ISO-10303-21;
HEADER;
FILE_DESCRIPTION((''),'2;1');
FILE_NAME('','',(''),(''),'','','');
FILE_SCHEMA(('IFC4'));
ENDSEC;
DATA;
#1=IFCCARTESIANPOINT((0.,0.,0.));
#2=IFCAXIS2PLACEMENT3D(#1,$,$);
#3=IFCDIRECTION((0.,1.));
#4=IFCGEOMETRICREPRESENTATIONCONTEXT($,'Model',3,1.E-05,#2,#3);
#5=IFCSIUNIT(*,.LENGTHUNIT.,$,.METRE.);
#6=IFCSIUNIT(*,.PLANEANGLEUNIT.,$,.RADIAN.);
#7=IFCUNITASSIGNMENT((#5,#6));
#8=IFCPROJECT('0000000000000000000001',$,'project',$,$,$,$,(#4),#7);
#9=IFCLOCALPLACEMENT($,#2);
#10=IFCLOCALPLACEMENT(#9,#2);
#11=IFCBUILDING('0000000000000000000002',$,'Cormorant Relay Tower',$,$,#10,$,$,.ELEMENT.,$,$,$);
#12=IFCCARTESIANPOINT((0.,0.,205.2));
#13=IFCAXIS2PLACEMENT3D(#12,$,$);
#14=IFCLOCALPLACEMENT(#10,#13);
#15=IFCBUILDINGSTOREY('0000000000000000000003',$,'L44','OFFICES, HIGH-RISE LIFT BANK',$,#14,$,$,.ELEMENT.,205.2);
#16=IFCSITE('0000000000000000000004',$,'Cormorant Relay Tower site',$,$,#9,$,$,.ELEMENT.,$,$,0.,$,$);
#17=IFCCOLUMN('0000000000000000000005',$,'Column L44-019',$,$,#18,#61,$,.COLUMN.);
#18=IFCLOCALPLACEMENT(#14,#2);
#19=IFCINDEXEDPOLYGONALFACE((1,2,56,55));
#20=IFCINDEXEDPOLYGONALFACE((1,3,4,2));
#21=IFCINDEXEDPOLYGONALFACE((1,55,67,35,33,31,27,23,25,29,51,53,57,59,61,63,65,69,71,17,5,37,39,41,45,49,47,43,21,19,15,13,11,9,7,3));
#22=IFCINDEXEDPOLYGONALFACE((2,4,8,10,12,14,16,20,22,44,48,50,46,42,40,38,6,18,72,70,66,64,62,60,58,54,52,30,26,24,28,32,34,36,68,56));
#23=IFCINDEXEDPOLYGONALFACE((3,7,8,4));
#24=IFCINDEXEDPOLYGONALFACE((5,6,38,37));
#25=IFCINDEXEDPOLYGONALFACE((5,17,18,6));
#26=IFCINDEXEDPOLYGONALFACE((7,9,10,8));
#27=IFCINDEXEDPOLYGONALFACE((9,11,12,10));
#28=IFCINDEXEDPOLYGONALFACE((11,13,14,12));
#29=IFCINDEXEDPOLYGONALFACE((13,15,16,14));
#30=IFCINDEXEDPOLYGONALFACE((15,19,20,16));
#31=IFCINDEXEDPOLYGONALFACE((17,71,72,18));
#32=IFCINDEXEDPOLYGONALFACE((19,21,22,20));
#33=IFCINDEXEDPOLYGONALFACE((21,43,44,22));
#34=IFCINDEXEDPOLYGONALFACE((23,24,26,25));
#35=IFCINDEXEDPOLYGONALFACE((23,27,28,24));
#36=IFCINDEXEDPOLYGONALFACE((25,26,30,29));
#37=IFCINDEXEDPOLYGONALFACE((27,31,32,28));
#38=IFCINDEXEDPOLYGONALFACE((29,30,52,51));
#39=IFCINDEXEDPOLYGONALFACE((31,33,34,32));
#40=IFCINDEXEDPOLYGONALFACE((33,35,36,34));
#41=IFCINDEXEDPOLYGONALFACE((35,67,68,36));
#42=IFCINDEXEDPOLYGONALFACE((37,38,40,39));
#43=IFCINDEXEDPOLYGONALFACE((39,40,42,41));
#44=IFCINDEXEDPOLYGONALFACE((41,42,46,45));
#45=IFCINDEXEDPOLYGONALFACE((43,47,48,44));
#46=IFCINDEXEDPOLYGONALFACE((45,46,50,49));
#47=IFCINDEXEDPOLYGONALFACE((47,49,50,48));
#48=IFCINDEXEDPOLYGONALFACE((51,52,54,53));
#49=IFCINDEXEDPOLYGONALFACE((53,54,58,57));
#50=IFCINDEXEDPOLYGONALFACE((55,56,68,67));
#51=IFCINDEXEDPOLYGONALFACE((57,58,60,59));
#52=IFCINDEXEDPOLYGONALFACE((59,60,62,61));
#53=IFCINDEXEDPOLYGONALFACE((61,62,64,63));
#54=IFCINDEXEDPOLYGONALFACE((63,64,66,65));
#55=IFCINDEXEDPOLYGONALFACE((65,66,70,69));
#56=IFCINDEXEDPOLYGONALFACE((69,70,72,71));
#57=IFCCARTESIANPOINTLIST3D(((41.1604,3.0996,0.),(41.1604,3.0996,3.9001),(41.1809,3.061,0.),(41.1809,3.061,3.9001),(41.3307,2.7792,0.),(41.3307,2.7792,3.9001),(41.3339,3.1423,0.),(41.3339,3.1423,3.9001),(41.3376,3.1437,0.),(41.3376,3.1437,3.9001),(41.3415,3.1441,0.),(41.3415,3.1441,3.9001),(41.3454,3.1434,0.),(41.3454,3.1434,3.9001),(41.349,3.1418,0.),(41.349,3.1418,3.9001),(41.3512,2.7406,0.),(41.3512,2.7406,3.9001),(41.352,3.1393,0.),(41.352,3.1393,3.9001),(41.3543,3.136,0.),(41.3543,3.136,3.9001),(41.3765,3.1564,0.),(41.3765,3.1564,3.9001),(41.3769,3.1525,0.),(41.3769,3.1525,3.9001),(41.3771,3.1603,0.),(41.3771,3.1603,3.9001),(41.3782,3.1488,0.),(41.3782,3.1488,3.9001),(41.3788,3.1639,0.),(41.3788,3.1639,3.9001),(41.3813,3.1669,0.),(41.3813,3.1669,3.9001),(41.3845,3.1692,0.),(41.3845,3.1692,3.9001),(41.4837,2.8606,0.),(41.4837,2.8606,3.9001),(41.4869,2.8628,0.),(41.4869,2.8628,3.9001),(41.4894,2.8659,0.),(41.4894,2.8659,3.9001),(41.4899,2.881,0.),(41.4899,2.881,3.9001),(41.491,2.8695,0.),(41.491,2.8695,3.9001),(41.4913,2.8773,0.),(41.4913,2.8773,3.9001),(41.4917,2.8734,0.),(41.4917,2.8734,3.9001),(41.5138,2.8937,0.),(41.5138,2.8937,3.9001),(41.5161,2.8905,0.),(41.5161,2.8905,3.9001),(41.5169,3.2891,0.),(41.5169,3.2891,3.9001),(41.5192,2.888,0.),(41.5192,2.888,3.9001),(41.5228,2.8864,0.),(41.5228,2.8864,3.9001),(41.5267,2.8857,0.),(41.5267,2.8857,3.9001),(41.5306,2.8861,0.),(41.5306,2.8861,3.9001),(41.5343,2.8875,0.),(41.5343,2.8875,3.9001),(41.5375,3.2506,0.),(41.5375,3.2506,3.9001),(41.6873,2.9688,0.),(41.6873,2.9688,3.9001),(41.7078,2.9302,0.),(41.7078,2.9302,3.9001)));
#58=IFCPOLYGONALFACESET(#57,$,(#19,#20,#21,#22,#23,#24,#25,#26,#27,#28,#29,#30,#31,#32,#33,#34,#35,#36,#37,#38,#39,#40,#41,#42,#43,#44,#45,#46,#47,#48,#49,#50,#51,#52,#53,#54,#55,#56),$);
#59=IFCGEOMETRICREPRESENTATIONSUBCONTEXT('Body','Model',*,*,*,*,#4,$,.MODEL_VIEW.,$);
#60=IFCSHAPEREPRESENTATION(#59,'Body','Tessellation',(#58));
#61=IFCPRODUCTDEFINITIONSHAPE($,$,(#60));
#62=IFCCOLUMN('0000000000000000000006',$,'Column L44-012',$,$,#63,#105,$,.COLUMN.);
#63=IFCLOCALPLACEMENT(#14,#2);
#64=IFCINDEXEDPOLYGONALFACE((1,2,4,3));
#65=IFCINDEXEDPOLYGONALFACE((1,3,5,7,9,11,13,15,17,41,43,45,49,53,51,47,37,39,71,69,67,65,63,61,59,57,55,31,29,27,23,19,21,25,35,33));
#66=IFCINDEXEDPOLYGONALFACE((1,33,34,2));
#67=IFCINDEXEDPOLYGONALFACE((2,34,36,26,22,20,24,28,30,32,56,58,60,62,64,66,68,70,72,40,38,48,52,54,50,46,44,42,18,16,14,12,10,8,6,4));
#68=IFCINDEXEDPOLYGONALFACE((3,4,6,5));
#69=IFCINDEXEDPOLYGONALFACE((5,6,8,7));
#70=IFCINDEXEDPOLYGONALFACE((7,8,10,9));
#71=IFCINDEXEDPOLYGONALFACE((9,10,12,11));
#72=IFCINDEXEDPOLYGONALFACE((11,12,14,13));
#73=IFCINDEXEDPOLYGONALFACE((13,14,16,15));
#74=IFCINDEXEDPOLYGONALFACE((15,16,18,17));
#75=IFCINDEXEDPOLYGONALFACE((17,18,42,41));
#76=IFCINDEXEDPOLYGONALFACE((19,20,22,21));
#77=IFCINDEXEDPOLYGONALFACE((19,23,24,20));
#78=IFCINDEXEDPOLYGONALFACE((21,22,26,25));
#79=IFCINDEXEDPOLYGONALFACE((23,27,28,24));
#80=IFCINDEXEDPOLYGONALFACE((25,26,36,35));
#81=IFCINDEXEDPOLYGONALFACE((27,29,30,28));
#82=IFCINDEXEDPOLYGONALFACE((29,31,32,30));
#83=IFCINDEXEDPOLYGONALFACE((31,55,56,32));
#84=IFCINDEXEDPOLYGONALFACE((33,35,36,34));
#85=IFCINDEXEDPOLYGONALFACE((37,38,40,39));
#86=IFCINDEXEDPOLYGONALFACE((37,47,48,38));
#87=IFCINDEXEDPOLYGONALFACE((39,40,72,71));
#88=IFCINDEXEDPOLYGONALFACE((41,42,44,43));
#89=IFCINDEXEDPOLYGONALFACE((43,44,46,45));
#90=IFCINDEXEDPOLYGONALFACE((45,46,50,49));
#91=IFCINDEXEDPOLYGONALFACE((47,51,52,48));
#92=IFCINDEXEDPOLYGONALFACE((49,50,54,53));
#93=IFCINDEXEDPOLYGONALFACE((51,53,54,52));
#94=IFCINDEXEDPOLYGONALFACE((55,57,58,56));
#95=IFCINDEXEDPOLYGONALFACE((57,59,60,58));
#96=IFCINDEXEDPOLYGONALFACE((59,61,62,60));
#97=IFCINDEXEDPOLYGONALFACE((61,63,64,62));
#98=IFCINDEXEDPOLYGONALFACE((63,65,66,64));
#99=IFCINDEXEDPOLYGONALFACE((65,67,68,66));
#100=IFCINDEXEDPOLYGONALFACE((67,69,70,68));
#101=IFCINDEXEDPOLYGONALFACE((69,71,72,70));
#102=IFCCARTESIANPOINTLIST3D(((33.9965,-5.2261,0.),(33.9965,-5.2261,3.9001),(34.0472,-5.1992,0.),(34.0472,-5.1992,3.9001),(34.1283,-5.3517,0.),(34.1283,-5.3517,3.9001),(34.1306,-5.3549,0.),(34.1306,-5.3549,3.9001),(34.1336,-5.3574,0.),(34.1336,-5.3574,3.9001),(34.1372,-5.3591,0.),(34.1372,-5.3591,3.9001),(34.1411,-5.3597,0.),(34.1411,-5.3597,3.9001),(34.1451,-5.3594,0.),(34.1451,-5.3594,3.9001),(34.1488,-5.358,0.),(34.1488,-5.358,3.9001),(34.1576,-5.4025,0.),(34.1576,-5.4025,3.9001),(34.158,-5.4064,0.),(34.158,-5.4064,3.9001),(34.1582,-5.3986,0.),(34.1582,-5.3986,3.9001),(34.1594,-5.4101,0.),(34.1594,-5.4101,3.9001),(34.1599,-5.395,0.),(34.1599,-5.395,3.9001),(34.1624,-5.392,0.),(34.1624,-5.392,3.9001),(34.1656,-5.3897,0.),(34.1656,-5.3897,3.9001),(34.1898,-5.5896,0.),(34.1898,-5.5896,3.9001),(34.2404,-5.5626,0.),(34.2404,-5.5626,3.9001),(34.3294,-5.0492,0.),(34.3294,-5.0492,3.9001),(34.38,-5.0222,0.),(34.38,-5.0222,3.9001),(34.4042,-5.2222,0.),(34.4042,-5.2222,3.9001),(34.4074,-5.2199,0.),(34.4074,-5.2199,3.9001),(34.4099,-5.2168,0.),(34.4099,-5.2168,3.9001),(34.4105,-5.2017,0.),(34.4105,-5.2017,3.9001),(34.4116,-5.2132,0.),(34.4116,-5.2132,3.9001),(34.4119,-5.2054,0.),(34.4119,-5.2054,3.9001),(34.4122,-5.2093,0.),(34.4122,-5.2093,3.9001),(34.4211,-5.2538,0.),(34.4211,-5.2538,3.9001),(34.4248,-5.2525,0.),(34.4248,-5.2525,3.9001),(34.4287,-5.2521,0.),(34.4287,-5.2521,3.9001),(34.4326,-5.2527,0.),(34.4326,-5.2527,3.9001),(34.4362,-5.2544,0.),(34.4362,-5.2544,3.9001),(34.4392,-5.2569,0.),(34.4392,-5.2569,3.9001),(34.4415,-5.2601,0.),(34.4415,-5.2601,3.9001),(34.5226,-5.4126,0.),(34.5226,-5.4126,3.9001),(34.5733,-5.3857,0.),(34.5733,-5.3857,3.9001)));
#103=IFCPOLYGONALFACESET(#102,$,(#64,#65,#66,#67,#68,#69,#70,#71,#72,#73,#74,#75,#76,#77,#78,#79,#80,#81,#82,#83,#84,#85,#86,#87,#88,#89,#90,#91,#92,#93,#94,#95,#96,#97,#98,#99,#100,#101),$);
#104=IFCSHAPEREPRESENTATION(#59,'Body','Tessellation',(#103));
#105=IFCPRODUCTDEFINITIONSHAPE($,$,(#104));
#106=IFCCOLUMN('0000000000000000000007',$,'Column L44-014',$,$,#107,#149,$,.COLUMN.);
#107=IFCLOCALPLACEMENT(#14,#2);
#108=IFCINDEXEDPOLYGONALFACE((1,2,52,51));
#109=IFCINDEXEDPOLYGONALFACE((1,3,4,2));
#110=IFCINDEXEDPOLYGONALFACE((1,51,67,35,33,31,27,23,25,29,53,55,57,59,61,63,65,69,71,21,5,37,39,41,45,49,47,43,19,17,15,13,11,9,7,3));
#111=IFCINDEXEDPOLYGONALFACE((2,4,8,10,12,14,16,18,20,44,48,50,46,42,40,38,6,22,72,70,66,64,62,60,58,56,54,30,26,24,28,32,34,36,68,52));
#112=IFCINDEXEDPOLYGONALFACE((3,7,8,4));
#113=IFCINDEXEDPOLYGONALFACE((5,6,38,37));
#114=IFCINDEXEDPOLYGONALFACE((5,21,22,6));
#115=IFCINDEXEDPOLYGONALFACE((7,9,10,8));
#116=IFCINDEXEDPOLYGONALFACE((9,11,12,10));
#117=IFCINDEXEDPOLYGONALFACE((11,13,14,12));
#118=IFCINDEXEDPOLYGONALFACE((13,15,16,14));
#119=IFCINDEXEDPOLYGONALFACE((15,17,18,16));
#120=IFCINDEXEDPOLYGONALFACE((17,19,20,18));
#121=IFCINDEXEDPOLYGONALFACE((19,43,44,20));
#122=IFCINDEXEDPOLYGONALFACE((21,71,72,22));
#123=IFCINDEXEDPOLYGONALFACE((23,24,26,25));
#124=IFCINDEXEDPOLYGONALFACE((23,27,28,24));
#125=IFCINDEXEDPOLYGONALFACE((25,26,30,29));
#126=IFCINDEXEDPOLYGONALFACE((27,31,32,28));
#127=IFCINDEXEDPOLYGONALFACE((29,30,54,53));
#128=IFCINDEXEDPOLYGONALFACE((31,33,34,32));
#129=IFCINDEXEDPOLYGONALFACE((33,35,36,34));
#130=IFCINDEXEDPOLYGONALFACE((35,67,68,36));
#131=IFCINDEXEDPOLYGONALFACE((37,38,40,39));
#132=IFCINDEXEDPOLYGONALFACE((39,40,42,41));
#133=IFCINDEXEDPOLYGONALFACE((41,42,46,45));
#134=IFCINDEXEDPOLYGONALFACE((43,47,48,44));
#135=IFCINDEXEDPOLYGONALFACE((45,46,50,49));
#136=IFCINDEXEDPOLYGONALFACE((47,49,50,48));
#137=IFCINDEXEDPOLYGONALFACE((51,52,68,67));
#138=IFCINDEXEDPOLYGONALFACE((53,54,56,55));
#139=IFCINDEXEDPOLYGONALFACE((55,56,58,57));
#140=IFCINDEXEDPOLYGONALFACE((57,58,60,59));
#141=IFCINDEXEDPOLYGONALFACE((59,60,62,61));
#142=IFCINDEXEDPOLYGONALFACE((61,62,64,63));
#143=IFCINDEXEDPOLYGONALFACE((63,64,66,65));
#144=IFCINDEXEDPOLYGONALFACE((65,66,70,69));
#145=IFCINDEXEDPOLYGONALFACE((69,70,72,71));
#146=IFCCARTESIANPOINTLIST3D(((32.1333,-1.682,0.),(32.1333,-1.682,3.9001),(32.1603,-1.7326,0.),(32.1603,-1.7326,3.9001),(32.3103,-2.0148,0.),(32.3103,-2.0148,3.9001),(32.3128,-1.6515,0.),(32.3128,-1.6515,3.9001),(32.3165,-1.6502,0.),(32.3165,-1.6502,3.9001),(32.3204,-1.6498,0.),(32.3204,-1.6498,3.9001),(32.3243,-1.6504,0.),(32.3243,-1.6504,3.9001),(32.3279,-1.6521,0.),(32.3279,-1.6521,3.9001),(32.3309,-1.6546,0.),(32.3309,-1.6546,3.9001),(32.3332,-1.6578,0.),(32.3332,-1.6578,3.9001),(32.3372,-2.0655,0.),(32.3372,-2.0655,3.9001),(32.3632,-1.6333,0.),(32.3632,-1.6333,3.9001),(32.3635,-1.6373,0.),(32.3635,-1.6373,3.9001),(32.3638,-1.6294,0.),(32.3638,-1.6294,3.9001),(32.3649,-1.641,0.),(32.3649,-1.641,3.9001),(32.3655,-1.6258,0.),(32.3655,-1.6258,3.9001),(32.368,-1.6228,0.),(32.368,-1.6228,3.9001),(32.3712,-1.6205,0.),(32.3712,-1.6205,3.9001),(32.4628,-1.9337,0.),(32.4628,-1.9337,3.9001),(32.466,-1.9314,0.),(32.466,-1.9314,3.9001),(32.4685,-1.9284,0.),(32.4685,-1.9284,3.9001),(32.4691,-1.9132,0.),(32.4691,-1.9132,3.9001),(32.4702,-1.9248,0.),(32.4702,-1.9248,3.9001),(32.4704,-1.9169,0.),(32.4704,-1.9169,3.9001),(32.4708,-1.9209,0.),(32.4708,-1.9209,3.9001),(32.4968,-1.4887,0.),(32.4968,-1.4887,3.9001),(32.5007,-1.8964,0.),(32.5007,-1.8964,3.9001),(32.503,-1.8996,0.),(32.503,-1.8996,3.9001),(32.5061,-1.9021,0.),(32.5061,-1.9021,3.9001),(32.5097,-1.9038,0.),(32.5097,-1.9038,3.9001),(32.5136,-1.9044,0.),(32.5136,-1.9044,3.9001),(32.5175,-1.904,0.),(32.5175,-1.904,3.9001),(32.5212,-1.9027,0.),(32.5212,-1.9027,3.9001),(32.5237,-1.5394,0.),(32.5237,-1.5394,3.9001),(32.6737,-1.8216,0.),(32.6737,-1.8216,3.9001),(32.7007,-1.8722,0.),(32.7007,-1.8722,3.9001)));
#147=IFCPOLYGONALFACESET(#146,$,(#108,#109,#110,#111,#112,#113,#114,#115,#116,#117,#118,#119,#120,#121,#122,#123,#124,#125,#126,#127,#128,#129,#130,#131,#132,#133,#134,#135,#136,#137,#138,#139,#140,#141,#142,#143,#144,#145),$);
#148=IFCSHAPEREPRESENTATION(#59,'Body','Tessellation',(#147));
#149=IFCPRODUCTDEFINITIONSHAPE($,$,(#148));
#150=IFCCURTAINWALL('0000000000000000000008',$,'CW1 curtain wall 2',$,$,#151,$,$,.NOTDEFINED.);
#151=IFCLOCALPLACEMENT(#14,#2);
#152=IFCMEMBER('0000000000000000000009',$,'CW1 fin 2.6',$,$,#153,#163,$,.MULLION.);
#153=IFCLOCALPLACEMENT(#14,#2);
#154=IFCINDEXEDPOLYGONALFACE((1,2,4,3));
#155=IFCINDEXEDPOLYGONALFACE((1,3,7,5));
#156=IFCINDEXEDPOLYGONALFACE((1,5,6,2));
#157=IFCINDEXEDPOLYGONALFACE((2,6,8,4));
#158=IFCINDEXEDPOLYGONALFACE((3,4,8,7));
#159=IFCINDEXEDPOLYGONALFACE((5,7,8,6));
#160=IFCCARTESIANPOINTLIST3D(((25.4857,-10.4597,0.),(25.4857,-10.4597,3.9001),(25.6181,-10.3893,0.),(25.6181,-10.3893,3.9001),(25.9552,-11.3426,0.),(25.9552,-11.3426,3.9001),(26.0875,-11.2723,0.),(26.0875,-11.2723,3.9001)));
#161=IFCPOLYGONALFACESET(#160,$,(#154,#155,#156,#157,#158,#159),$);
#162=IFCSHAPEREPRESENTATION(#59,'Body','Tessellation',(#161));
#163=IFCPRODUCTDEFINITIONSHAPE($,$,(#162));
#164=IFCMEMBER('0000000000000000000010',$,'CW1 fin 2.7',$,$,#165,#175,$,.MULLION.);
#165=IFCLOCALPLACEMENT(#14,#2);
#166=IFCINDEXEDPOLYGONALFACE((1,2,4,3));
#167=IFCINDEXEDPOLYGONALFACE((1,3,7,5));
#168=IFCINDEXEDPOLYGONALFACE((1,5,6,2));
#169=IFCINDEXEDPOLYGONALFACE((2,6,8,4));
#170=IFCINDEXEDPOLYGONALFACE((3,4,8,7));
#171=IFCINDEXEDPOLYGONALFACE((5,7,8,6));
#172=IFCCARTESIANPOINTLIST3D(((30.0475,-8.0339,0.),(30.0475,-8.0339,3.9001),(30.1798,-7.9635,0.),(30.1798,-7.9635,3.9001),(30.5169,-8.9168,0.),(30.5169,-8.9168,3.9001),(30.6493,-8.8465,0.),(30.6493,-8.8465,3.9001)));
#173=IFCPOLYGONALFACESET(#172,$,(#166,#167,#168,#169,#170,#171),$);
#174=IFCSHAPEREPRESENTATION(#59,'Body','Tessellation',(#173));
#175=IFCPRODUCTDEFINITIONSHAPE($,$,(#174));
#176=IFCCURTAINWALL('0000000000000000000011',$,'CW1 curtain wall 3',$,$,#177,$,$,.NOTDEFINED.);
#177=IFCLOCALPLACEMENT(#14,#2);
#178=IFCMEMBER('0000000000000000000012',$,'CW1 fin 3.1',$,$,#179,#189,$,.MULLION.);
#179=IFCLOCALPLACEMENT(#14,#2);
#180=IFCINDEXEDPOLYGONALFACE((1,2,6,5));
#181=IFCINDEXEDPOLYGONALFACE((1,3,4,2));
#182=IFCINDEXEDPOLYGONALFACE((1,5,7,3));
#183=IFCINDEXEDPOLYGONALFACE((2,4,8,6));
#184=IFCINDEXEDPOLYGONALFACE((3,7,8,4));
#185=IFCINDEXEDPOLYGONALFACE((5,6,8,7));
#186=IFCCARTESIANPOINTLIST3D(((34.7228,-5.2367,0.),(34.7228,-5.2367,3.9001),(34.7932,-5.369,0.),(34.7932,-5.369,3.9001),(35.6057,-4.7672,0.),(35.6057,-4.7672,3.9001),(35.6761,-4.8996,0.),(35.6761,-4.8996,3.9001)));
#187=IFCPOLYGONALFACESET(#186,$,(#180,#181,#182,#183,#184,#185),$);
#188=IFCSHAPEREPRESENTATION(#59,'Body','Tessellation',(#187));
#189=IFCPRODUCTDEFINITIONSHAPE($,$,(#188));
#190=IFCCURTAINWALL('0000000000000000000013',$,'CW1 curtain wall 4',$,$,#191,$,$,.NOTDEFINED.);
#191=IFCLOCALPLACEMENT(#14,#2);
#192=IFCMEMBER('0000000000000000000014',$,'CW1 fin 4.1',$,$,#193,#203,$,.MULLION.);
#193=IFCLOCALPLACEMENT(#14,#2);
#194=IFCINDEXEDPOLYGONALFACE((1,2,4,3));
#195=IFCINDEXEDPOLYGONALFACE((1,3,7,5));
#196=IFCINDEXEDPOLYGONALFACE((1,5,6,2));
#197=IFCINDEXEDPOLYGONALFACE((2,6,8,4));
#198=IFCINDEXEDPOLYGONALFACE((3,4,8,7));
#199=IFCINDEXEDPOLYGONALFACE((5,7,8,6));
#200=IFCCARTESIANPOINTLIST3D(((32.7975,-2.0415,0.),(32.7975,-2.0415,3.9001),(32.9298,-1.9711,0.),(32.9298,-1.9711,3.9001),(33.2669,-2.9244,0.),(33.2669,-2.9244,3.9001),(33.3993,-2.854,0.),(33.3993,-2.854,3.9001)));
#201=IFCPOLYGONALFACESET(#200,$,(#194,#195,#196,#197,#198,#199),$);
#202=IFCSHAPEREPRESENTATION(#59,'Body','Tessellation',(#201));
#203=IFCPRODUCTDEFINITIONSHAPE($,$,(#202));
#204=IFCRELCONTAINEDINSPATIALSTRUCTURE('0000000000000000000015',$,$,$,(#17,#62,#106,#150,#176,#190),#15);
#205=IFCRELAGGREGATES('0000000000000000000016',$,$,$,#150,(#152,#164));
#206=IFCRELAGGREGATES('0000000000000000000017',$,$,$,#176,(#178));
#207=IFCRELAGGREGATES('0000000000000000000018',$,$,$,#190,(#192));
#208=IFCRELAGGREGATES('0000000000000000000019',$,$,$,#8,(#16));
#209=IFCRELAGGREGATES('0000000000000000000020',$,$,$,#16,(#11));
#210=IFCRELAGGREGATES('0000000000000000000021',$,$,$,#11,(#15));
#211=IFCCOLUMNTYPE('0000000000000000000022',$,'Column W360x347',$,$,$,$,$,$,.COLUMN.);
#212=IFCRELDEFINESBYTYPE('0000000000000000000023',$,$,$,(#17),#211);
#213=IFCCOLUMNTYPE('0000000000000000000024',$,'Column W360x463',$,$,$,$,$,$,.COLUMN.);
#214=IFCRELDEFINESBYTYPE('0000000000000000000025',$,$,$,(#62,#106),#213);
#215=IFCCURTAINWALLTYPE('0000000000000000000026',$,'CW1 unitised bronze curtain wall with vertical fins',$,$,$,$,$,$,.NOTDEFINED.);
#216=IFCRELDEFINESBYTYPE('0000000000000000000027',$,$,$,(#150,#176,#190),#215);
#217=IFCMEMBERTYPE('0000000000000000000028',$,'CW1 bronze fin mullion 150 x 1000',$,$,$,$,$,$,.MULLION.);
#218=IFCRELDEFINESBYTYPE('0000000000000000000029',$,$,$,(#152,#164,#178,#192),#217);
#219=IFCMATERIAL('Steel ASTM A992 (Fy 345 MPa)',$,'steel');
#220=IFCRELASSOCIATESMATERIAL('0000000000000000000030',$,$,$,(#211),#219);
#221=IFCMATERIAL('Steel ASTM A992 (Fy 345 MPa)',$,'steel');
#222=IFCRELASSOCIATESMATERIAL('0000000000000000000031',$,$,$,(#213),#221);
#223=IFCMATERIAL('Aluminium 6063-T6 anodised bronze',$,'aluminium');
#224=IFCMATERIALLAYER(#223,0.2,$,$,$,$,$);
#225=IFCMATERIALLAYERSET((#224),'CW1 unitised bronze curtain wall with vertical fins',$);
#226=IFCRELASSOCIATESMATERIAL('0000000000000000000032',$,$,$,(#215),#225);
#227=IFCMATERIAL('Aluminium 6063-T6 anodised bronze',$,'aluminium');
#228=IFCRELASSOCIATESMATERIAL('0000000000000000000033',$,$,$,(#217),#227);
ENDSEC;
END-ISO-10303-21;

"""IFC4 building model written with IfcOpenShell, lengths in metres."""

from ifc_helpers import new_model, si_unit, direction, frame, origin, origin_2d, place, context, subcontext, project, spatial, rectangle, i_section, extrude, material, layer, layer_set, material_profile, profile_set, type_object, element, aggregate, save


model = new_model("IFC4")

# Units and contexts
model_context = context("Model", 3, precision=1e-05, world=origin(), true_north=direction((0.0, 1.0)))
body_context = subcontext(model_context, "Body", "Model", "MODEL_VIEW")
ifc_project = project(units=[si_unit("LENGTHUNIT", "METRE"), si_unit("PLANEANGLEUNIT", "RADIAN")], contexts=[model_context])

# Site, building, storey
site_placement = place(None, origin())
site = spatial("IfcSite", under=ifc_project, at=site_placement, Name="Cormorant Relay Tower site", CompositionType="ELEMENT", RefElevation=0.0)
building_placement = place(site_placement, origin())
building = spatial("IfcBuilding", under=site, at=building_placement, Name="Cormorant Relay Tower", CompositionType="ELEMENT")
storey_placement = place(building_placement, frame((0.0, 0.0, 205.2)))
storey = spatial("IfcBuildingStorey", under=building, at=storey_placement, Name="L44", Description="OFFICES, HIGH-RISE LIFT BANK", CompositionType="ELEMENT", Elevation=205.2)

# Columns
ifc_material_1 = material(Name="Steel ASTM A992 (Fy 345 MPa)", Category="steel")
ifc_material_profile_1 = material_profile(ifc_material_1, i_section(OverallWidth=0.4038, OverallDepth=0.4065, WebThickness=0.0271, FlangeThickness=0.0437, FilletRadius=0.0151, at=origin_2d()), Name="W360x347")
ifc_profile_set_1 = profile_set([ifc_material_profile_1], Name="Steel ASTM A992 (Fy 345 MPa)")
column_type_1 = type_object("IfcColumnType", Name="Column W360x347", PredefinedType="COLUMN", material=ifc_profile_set_1)
column_placement = place(storey_placement, frame((41.4341, 3.0149, 0.0), z_axis=(0.0, 0.0, 1.0), x_axis=(0.882948, 0.469472, 0.0)))
element("IfcColumn", 1, at=column_placement, inside=storey, type_object=column_type_1, Name="Column L44-019", PredefinedType="COLUMN", context=body_context, shape_type="SweptSolid", body=[
    extrude(i_section(OverallWidth=0.4038, OverallDepth=0.4065, WebThickness=0.0271, FlangeThickness=0.0437, FilletRadius=0.0151, at=origin_2d()), origin(), (0.0, 0.0, 1.0), 3.9001),
])
ifc_material_2 = material(Name="Steel ASTM A992 (Fy 345 MPa)", Category="steel")
ifc_material_profile_2 = material_profile(ifc_material_2, i_section(OverallWidth=0.4116, OverallDepth=0.4343, WebThickness=0.0359, FlangeThickness=0.0574, FilletRadius=0.0151, at=origin_2d()), Name="W360x463")
ifc_profile_set_2 = profile_set([ifc_material_profile_2], Name="Steel ASTM A992 (Fy 345 MPa)")
column_type_2 = type_object("IfcColumnType", Name="Column W360x463", PredefinedType="COLUMN", material=ifc_profile_set_2)
for number, where, z_axis, x_axis, name in (
    (2, (34.2849, -5.3059, 0.0), (0.0, 0.0, 1.0), (-0.469472, 0.882948, 0.0), "Column L44-012"),
    (3, (32.417, -1.7771, 0.0), (0.0, 0.0, 1.0), (0.882948, 0.469472, 0.0), "Column L44-014"),
):
    element("IfcColumn", number, at=place(storey_placement, frame(where, z_axis=z_axis, x_axis=x_axis)), inside=storey, type_object=column_type_2, Name=name, PredefinedType="COLUMN", context=body_context, shape_type="SweptSolid", body=[
        extrude(i_section(OverallWidth=0.4116, OverallDepth=0.4343, WebThickness=0.0359, FlangeThickness=0.0574, FilletRadius=0.0151, at=origin_2d()), origin(), (0.0, 0.0, 1.0), 3.9001),
    ])

# Curtain wall, members
ifc_material_3 = material(Name="Aluminium 6063-T6 anodised bronze", Category="aluminium")
ifc_layer_1 = layer(ifc_material_3, 0.2)
ifc_layer_set_1 = layer_set([ifc_layer_1], Name="CW1 unitised bronze curtain wall with vertical fins")
curtain_wall_type = type_object("IfcCurtainWallType", Name="CW1 unitised bronze curtain wall with vertical fins", PredefinedType="NOTDEFINED", material=ifc_layer_set_1)
curtain_wall_1_placement = place(storey_placement, origin())
curtain_wall_1 = element("IfcCurtainWall", 4, at=curtain_wall_1_placement, inside=storey, type_object=curtain_wall_type, Name="CW1 curtain wall 2", PredefinedType="NOTDEFINED")
ifc_material_4 = material(Name="Aluminium 6063-T6 anodised bronze", Category="aluminium")
ifc_material_profile_3 = material_profile(ifc_material_4, rectangle(XDim=0.1499, YDim=1.0, at=origin_2d()), Name="AL 150x1000")
ifc_profile_set_3 = profile_set([ifc_material_profile_3], Name="Aluminium 6063-T6 anodised bronze")
member_type_1 = type_object("IfcMemberType", Name="CW1 bronze fin mullion 150 x 1000", PredefinedType="MULLION", material=ifc_profile_set_3)
member_1_placement = place(storey_placement, frame((25.7866, -10.866, 0.0), z_axis=(0.0, 0.0, 1.0), x_axis=(0.882948, 0.469472, 0.0)))
member_1 = element("IfcMember", 5, at=member_1_placement, type_object=member_type_1, Name="CW1 fin 2.6", PredefinedType="MULLION", context=body_context, shape_type="SweptSolid", body=[
    extrude(rectangle(XDim=0.1499, YDim=1.0, at=origin_2d()), origin(), (0.0, 0.0, 1.0), 3.9001),
])
member_2_placement = place(storey_placement, frame((30.3484, -8.4402, 0.0), z_axis=(0.0, 0.0, 1.0), x_axis=(0.882948, 0.469472, 0.0)))
member_2 = element("IfcMember", 6, at=member_2_placement, type_object=member_type_1, Name="CW1 fin 2.7", PredefinedType="MULLION", context=body_context, shape_type="SweptSolid", body=[
    extrude(rectangle(XDim=0.1499, YDim=1.0, at=origin_2d()), origin(), (0.0, 0.0, 1.0), 3.9001),
])

# Curtain wall, member
curtain_wall_2_placement = place(storey_placement, origin())
curtain_wall_2 = element("IfcCurtainWall", 7, at=curtain_wall_2_placement, inside=storey, type_object=curtain_wall_type, Name="CW1 curtain wall 3", PredefinedType="NOTDEFINED")
member_3_placement = place(storey_placement, frame((35.1995, -5.0681, 0.0), z_axis=(0.0, 0.0, 1.0), x_axis=(-0.469472, 0.882948, 0.0)))
member_3 = element("IfcMember", 8, at=member_3_placement, type_object=member_type_1, Name="CW1 fin 3.1", PredefinedType="MULLION", context=body_context, shape_type="SweptSolid", body=[
    extrude(rectangle(XDim=0.1499, YDim=1.0, at=origin_2d()), origin(), (0.0, 0.0, 1.0), 3.9001),
])

# Curtain wall, member
curtain_wall_3_placement = place(storey_placement, origin())
curtain_wall_3 = element("IfcCurtainWall", 9, at=curtain_wall_3_placement, inside=storey, type_object=curtain_wall_type, Name="CW1 curtain wall 4", PredefinedType="NOTDEFINED")
member_4_placement = place(storey_placement, frame((33.0984, -2.4478, 0.0), z_axis=(0.0, 0.0, 1.0), x_axis=(0.882948, 0.469472, 0.0)))
member_4 = element("IfcMember", 10, at=member_4_placement, type_object=member_type_1, Name="CW1 fin 4.1", PredefinedType="MULLION", context=body_context, shape_type="SweptSolid", body=[
    extrude(rectangle(XDim=0.1499, YDim=1.0, at=origin_2d()), origin(), (0.0, 0.0, 1.0), 3.9001),
])

aggregate(curtain_wall_1, [member_1, member_2])
aggregate(curtain_wall_2, [member_3])
aggregate(curtain_wall_3, [member_4])

save(model, "model.ifc")
